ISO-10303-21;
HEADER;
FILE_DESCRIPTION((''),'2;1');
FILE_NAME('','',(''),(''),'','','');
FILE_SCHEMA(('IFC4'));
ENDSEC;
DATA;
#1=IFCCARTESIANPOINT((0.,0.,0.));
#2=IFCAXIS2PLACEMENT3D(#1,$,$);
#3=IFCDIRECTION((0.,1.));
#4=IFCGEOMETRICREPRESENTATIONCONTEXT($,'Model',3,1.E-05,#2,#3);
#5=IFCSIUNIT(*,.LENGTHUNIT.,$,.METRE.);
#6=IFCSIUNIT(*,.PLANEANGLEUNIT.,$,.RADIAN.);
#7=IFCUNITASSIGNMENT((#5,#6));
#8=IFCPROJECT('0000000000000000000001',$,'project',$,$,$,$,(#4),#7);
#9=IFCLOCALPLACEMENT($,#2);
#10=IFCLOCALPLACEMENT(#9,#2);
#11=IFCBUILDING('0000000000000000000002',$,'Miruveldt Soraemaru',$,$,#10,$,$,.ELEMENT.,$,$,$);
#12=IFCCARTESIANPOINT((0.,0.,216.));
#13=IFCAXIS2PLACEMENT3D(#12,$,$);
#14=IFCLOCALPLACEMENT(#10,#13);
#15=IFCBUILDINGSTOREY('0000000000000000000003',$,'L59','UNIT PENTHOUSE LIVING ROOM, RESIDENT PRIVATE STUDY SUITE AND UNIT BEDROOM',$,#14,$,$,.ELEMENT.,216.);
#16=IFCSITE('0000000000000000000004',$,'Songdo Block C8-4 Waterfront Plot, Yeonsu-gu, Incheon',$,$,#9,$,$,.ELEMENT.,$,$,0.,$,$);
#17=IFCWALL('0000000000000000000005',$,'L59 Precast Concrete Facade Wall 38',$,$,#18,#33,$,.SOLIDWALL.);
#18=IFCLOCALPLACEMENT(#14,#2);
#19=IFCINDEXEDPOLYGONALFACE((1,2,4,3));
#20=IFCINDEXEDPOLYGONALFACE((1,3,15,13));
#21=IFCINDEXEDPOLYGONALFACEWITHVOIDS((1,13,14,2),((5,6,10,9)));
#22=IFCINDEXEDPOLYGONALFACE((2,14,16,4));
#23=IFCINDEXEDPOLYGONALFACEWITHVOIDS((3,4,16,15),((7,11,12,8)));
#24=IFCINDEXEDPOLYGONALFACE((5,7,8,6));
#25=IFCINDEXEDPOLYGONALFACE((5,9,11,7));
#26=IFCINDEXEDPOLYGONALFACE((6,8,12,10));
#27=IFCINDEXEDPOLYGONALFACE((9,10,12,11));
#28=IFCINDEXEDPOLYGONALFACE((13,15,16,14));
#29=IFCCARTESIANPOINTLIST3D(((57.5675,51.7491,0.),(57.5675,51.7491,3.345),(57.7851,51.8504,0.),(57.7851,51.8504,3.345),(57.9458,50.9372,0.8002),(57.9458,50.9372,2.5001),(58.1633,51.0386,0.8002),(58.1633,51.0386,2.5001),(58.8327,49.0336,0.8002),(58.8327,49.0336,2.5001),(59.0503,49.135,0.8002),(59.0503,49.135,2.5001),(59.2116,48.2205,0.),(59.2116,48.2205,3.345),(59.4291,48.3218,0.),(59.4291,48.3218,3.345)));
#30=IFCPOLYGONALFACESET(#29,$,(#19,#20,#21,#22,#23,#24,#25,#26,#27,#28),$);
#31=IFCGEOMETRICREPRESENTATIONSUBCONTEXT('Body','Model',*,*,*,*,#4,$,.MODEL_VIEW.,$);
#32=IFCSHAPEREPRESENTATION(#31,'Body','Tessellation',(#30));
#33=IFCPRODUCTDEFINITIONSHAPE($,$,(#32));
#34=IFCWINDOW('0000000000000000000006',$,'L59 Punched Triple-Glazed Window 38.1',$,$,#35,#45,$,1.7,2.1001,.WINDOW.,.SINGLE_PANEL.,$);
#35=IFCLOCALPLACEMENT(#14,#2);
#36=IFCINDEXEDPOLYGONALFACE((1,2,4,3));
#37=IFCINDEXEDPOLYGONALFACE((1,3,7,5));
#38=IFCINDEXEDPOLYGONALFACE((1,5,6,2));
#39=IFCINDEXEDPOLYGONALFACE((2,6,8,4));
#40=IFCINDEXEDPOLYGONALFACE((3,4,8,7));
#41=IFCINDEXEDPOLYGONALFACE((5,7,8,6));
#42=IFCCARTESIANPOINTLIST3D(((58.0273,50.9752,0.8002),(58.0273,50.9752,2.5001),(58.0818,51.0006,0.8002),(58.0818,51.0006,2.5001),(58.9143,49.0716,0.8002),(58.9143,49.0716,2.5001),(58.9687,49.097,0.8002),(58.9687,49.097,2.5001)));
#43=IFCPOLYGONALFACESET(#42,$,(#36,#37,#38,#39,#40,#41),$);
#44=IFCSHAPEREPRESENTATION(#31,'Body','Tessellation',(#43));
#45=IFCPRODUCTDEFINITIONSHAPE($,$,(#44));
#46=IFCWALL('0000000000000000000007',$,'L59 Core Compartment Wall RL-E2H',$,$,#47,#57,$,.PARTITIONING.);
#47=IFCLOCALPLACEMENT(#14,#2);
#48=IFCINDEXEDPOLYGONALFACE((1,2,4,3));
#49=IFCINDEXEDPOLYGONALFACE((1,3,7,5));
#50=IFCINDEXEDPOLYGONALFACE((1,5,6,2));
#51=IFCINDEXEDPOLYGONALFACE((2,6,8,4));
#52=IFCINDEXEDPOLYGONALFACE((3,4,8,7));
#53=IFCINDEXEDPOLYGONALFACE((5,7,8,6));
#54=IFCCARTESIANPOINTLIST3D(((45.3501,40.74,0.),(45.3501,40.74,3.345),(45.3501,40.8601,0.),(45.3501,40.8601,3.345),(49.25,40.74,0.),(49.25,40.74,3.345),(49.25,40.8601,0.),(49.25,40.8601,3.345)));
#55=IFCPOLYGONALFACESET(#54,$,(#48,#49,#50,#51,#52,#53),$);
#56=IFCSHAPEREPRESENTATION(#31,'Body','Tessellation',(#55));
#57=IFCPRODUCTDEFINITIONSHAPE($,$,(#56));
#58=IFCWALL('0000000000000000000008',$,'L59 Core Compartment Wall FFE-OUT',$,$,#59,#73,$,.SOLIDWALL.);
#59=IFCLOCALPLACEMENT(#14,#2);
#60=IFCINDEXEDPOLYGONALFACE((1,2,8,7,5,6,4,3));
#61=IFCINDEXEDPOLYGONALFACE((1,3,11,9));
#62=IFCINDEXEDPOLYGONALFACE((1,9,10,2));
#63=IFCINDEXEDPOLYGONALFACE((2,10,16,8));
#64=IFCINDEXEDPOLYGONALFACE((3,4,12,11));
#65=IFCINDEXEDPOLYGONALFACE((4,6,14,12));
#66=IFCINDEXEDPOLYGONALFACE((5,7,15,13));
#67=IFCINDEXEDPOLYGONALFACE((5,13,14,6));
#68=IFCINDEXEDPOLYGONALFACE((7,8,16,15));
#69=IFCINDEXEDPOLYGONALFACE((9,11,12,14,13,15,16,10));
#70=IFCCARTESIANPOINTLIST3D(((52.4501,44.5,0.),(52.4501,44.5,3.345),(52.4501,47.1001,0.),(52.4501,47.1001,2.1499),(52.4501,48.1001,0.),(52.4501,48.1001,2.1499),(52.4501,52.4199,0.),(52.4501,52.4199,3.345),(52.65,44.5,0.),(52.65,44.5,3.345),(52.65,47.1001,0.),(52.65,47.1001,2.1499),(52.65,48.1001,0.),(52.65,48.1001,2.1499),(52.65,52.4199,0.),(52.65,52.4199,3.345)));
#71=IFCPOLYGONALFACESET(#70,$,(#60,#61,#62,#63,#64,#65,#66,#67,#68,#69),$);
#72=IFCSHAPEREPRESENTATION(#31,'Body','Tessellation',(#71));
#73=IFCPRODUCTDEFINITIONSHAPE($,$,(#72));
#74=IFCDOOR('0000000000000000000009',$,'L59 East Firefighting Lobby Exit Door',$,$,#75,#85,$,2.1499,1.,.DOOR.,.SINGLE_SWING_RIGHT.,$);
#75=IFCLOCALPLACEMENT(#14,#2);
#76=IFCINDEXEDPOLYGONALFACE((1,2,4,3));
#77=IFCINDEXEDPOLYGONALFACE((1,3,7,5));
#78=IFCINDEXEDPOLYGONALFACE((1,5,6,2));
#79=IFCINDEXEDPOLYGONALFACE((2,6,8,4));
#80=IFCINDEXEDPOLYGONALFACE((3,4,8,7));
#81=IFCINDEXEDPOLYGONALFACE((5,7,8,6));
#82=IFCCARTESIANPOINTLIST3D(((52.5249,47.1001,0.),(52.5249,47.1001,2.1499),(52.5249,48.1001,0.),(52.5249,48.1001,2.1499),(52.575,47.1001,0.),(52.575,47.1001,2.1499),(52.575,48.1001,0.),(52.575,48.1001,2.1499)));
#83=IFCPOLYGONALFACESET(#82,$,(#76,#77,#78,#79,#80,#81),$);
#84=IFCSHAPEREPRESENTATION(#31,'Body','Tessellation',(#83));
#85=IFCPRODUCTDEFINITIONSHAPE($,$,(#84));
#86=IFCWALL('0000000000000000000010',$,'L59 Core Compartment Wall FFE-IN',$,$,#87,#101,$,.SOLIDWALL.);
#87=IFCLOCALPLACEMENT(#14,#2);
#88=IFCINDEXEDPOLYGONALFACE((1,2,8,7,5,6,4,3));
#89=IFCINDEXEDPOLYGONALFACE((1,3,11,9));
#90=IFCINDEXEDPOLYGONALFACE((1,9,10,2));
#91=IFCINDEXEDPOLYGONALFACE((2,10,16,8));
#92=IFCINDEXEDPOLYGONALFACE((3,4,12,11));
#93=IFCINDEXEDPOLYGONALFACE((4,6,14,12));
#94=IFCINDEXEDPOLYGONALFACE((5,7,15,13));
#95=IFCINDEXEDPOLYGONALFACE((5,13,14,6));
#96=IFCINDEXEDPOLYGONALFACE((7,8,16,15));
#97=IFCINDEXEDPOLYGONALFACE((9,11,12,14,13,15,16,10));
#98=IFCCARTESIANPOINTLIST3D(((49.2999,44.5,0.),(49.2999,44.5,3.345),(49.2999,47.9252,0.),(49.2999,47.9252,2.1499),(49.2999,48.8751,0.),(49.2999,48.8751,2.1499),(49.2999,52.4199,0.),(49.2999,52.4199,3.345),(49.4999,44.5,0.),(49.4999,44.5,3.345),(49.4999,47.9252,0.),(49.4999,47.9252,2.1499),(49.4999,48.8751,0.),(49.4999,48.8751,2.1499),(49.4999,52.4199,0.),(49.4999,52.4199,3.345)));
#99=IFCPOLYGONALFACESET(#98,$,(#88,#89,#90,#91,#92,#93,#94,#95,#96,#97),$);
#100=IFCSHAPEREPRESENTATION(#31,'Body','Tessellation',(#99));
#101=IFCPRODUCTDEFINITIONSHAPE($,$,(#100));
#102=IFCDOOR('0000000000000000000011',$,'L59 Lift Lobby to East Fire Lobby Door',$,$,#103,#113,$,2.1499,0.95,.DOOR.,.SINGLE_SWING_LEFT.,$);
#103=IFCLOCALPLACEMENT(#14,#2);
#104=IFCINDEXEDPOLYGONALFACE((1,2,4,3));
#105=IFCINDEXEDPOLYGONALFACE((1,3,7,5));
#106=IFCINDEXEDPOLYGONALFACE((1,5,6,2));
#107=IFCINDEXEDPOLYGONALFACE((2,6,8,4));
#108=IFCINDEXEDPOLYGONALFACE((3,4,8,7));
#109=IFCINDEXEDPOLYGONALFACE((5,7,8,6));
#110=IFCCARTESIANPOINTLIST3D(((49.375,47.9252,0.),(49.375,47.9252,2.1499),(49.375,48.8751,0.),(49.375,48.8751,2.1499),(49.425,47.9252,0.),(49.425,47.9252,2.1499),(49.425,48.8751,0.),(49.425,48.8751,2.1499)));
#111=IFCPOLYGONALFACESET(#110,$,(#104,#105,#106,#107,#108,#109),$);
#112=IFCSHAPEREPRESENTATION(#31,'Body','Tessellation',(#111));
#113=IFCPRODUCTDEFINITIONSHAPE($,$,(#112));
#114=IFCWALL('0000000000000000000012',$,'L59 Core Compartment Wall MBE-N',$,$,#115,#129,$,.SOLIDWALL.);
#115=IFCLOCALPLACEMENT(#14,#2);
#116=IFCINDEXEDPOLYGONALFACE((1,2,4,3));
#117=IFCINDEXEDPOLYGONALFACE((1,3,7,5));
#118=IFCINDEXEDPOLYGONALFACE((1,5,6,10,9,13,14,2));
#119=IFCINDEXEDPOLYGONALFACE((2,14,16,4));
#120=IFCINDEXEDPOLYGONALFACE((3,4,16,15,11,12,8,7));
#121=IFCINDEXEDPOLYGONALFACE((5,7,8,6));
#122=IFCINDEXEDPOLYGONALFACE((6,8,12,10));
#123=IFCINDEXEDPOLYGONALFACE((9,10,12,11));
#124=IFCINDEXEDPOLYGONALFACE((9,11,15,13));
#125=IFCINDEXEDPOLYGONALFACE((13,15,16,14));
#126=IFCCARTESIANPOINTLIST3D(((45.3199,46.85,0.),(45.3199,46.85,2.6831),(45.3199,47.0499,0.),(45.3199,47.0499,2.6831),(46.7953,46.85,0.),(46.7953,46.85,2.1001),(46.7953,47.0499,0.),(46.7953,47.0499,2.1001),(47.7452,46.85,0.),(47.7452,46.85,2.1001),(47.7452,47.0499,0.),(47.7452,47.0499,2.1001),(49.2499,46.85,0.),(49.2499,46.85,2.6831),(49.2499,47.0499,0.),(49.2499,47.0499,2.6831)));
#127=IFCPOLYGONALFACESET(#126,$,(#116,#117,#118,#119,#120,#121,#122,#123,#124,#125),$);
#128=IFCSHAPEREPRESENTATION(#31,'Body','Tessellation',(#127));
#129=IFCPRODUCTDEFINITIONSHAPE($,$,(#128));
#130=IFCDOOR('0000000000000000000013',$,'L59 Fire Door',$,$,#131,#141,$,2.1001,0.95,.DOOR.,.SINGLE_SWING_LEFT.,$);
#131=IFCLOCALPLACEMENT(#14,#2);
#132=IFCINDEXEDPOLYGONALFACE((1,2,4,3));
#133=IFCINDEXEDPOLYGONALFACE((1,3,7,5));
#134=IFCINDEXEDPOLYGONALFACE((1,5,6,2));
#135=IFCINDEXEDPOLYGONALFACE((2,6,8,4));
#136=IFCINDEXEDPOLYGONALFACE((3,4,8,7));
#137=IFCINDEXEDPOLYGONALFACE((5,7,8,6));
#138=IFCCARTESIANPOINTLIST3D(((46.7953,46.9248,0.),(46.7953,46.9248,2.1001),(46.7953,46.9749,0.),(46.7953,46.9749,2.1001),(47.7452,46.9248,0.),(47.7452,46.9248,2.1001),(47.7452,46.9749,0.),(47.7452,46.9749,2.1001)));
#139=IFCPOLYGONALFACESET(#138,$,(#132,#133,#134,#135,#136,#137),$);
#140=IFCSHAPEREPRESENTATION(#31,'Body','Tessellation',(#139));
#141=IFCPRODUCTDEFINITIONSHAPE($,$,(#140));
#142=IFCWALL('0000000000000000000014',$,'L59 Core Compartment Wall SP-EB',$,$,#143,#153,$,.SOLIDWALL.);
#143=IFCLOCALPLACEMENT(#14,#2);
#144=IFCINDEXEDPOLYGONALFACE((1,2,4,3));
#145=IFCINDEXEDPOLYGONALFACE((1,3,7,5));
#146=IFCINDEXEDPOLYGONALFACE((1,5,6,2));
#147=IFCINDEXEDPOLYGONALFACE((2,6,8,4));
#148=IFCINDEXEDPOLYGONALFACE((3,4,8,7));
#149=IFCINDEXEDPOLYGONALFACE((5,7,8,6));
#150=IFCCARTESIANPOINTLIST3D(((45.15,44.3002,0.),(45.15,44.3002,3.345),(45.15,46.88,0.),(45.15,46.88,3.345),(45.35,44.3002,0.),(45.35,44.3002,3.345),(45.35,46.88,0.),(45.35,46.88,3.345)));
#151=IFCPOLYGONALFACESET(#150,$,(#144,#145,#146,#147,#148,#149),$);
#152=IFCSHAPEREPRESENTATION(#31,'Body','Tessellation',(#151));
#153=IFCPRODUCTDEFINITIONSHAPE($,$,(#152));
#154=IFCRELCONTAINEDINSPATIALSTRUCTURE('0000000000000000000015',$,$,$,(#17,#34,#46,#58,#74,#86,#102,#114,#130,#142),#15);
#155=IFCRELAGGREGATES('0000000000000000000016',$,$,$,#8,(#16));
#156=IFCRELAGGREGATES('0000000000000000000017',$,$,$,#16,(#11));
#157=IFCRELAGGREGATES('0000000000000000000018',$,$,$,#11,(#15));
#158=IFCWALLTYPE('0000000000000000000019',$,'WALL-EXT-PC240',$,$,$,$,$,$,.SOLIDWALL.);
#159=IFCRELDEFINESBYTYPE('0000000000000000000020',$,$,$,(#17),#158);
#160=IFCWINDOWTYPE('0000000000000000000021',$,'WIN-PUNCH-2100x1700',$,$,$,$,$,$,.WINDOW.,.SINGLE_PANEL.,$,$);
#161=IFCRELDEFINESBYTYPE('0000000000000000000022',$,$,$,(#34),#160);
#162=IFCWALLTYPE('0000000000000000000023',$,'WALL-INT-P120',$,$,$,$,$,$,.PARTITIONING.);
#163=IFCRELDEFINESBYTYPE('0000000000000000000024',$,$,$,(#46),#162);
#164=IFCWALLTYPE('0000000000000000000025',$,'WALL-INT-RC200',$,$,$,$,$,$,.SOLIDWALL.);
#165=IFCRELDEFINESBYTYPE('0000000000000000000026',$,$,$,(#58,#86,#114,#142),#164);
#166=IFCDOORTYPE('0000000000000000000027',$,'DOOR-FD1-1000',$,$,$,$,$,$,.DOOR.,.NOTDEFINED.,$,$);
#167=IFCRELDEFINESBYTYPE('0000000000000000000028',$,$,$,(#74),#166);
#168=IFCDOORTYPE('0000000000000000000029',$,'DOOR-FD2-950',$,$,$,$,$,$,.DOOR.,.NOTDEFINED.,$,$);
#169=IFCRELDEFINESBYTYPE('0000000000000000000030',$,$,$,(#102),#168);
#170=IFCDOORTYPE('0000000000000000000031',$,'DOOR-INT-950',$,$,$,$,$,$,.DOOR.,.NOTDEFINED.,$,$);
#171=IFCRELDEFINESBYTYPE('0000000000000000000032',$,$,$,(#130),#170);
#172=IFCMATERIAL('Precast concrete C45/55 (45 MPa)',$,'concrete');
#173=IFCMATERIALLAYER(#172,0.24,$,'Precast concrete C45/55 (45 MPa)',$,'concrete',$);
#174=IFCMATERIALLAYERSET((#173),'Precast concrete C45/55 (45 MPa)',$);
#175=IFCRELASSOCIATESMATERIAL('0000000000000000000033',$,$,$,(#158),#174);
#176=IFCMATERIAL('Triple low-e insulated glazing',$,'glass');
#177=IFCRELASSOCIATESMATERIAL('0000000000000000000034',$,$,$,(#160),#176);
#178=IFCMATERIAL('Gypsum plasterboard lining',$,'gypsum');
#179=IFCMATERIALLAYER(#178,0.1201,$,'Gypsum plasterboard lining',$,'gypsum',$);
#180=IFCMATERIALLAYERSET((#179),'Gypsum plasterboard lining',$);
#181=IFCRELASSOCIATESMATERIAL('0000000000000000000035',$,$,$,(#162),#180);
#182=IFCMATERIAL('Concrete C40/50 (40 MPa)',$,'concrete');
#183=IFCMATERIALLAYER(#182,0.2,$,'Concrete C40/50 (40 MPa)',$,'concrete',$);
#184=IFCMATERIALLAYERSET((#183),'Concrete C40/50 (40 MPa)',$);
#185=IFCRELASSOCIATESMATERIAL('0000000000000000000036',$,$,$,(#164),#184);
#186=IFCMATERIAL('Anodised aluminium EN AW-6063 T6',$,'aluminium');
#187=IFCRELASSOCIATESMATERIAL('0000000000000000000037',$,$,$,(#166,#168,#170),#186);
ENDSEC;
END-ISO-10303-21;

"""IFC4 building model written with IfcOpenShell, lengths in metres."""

from ifc_helpers import new_model, si_unit, direction, frame, frame_2d, origin, place, context, subcontext, project, spatial, rectangle, extrude, material, layer, layer_set, type_object, element, fill, save


model = new_model("IFC4")

# Units and contexts
model_context = context("Model", 3, precision=1e-05, world=origin(), true_north=direction((0.0, 1.0)))
body_context = subcontext(model_context, "Body", "Model", "MODEL_VIEW")
ifc_project = project(units=[si_unit("LENGTHUNIT", "METRE"), si_unit("PLANEANGLEUNIT", "RADIAN")], contexts=[model_context])

# Site, building, storey
site_placement = place(None, origin())
site = spatial("IfcSite", under=ifc_project, at=site_placement, Name="Songdo Block C8-4 Waterfront Plot, Yeonsu-gu, Incheon", CompositionType="ELEMENT", RefElevation=0.0)
building_placement = place(site_placement, origin())
building = spatial("IfcBuilding", under=site, at=building_placement, Name="Miruveldt Soraemaru", CompositionType="ELEMENT")
storey_placement = place(building_placement, frame((0.0, 0.0, 216.0)))
storey = spatial("IfcBuildingStorey", under=building, at=storey_placement, Name="L59", Description="UNIT PENTHOUSE LIVING ROOM, RESIDENT PRIVATE STUDY SUITE AND UNIT BEDROOM", CompositionType="ELEMENT", Elevation=216.0)

# Shared definitions
ifc_material_1 = material(Name="Triple low-e insulated glazing", Category="glass")

# Shared definitions
ifc_material_2 = material(Name="Precast concrete C45/55 (45 MPa)", Category="concrete")
ifc_layer_1 = layer(ifc_material_2, 0.24, Name="Precast concrete C45/55 (45 MPa)", Category="concrete")
ifc_layer_set_1 = layer_set([ifc_layer_1], Name="Precast concrete C45/55 (45 MPa)")
wall_type_1 = type_object("IfcWallType", Name="WALL-EXT-PC240", PredefinedType="SOLIDWALL", material=ifc_layer_set_1)

# Wall, opening, window
window_type_1 = type_object("IfcWindowType", Name="WIN-PUNCH-2100x1700", PartitioningType="SINGLE_PANEL", PredefinedType="WINDOW", material=ifc_material_1)
wall_1_placement = place(storey_placement, frame((59.3203, 48.2712, 0.0), z_axis=(0.0, 0.0, 1.0), x_axis=(-0.422333, 0.906441, 0.0)))
wall_1 = element("IfcWall", 1, at=wall_1_placement, inside=storey, type_object=wall_type_1, Name="L59 Precast Concrete Facade Wall 38", PredefinedType="SOLIDWALL", context=body_context, shape_type="SweptSolid", body=[
    extrude(rectangle(XDim=3.8928, YDim=0.24, at=frame_2d((1.9463, 0.0))), origin(), (0.0, 0.0, 1.0), 3.345),
])
opening_1_placement = place(wall_1_placement, frame((0.897, 0.0, 0.8)))
opening_1 = element("IfcOpeningElement", 2, at=opening_1_placement, cuts=wall_1, PredefinedType="OPENING", context=body_context, shape_type="SweptSolid", body=[
    extrude(rectangle(XDim=2.1001, YDim=1.7, at=frame_2d((1.05, 0.8501))), frame((0.0, 0.1299, 0.0), z_axis=(0.0, -1.0, 0.0), x_axis=(1.0, 0.0, 0.0)), (0.0, 0.0, 1.0), 0.26),
])
window_1_placement = place(opening_1_placement, origin())
window_1 = element("IfcWindow", 3, at=window_1_placement, inside=storey, type_object=window_type_1, Name="L59 Punched Triple-Glazed Window 38.1", OverallHeight=1.7, OverallWidth=2.1001, PartitioningType="SINGLE_PANEL", PredefinedType="WINDOW", context=body_context, shape_type="SweptSolid", body=[
    extrude(rectangle(XDim=2.1001, YDim=1.7, at=frame_2d((1.05, 0.8501))), frame((0.0, 0.03, 0.0), z_axis=(0.0, -1.0, 0.0), x_axis=(1.0, 0.0, 0.0)), (0.0, 0.0, 1.0), 0.0601),
])
fill(opening_1, window_1)

# Wall
ifc_material_3 = material(Name="Gypsum plasterboard lining", Category="gypsum")
ifc_layer_2 = layer(ifc_material_3, 0.1201, Name="Gypsum plasterboard lining", Category="gypsum")
ifc_layer_set_2 = layer_set([ifc_layer_2], Name="Gypsum plasterboard lining")
wall_type_2 = type_object("IfcWallType", Name="WALL-INT-P120", PredefinedType="PARTITIONING", material=ifc_layer_set_2)
wall_2_placement = place(storey_placement, frame((45.3501, 40.8, 0.0), z_axis=(0.0, 0.0, 1.0), x_axis=(1.0, 0.0, 0.0)))
element("IfcWall", 4, at=wall_2_placement, inside=storey, type_object=wall_type_2, Name="L59 Core Compartment Wall RL-E2H", PredefinedType="PARTITIONING", context=body_context, shape_type="SweptSolid", body=[
    extrude(rectangle(XDim=3.8999, YDim=0.1201, at=frame_2d((1.95, 0.0))), origin(), (0.0, 0.0, 1.0), 3.345),
])

# Walls, openings, doors
ifc_material_4 = material(Name="Concrete C40/50 (40 MPa)", Category="concrete")
ifc_layer_3 = layer(ifc_material_4, 0.2, Name="Concrete C40/50 (40 MPa)", Category="concrete")
ifc_layer_set_3 = layer_set([ifc_layer_3], Name="Concrete C40/50 (40 MPa)")
wall_type_3 = type_object("IfcWallType", Name="WALL-INT-RC200", PredefinedType="SOLIDWALL", material=ifc_layer_set_3)
wall_3_placement = place(storey_placement, frame((52.55, 44.5, 0.0), z_axis=(0.0, 0.0, 1.0), x_axis=(0.0, 1.0, 0.0)))
wall_3 = element("IfcWall", 5, at=wall_3_placement, inside=storey, type_object=wall_type_3, Name="L59 Core Compartment Wall FFE-OUT", PredefinedType="SOLIDWALL", context=body_context, shape_type="SweptSolid", body=[
    extrude(rectangle(XDim=7.9199, YDim=0.2, at=frame_2d((3.96, 0.0))), origin(), (0.0, 0.0, 1.0), 3.345),
])
opening_2_placement = place(wall_3_placement, frame((2.6001, 0.0, 0.0)))
opening_2 = element("IfcOpeningElement", 6, at=opening_2_placement, cuts=wall_3, PredefinedType="OPENING", context=body_context, shape_type="SweptSolid", body=[
    extrude(rectangle(XDim=1.0, YDim=2.1499, at=frame_2d((0.5, 1.075))), frame((0.0, 0.1099, 0.0), z_axis=(0.0, -1.0, 0.0), x_axis=(1.0, 0.0, 0.0)), (0.0, 0.0, 1.0), 0.22),
])
ifc_material_5 = material(Name="Anodised aluminium EN AW-6063 T6", Category="aluminium")
door_type_1 = type_object("IfcDoorType", Name="DOOR-FD1-1000", OperationType="NOTDEFINED", PredefinedType="DOOR", material=ifc_material_5)
door_1_placement = place(opening_2_placement, frame((1.0, 0.0, 0.0), z_axis=(0.0, 0.0, 1.0), x_axis=(-1.0, 0.0, 0.0)))
door_1 = element("IfcDoor", 7, at=door_1_placement, inside=storey, type_object=door_type_1, Name="L59 East Firefighting Lobby Exit Door", OperationType="SINGLE_SWING_RIGHT", OverallHeight=2.1499, OverallWidth=1.0, PredefinedType="DOOR", context=body_context, shape_type="SweptSolid", body=[
    extrude(rectangle(XDim=1.0, YDim=2.1499, at=frame_2d((0.5, 1.075))), frame((0.0, 0.0249, 0.0), z_axis=(0.0, -1.0, 0.0), x_axis=(1.0, 0.0, 0.0)), (0.0, 0.0, 1.0), 0.05),
])
fill(opening_2, door_1)
wall_4_placement = place(storey_placement, frame((49.3999, 44.5, 0.0), z_axis=(0.0, 0.0, 1.0), x_axis=(0.0, 1.0, 0.0)))
wall_4 = element("IfcWall", 8, at=wall_4_placement, inside=storey, type_object=wall_type_3, Name="L59 Core Compartment Wall FFE-IN", PredefinedType="SOLIDWALL", context=body_context, shape_type="SweptSolid", body=[
    extrude(rectangle(XDim=7.9199, YDim=0.2, at=frame_2d((3.96, 0.0))), origin(), (0.0, 0.0, 1.0), 3.345),
])
opening_3_placement = place(wall_4_placement, frame((3.425, 0.0, 0.0)))
opening_3 = element("IfcOpeningElement", 9, at=opening_3_placement, cuts=wall_4, PredefinedType="OPENING", context=body_context, shape_type="SweptSolid", body=[
    extrude(rectangle(XDim=0.95, YDim=2.1499, at=frame_2d((0.4751, 1.075))), frame((0.0, 0.1099, 0.0), z_axis=(0.0, -1.0, 0.0), x_axis=(1.0, 0.0, 0.0)), (0.0, 0.0, 1.0), 0.22),
])
door_type_2 = type_object("IfcDoorType", Name="DOOR-FD2-950", OperationType="NOTDEFINED", PredefinedType="DOOR", material=ifc_material_5)
door_2_placement = place(opening_3_placement, origin())
door_2 = element("IfcDoor", 10, at=door_2_placement, inside=storey, type_object=door_type_2, Name="L59 Lift Lobby to East Fire Lobby Door", OperationType="SINGLE_SWING_LEFT", OverallHeight=2.1499, OverallWidth=0.95, PredefinedType="DOOR", context=body_context, shape_type="SweptSolid", body=[
    extrude(rectangle(XDim=0.95, YDim=2.1499, at=frame_2d((0.4751, 1.075))), frame((0.0, 0.0249, 0.0), z_axis=(0.0, -1.0, 0.0), x_axis=(1.0, 0.0, 0.0)), (0.0, 0.0, 1.0), 0.05),
])
fill(opening_3, door_2)
wall_5_placement = place(storey_placement, frame((45.3201, 46.95, 0.0), z_axis=(0.0, 0.0, 1.0), x_axis=(1.0, 0.0, 0.0)))
wall_5 = element("IfcWall", 11, at=wall_5_placement, inside=storey, type_object=wall_type_3, Name="L59 Core Compartment Wall MBE-N", PredefinedType="SOLIDWALL", context=body_context, shape_type="SweptSolid", body=[
    extrude(rectangle(XDim=3.9299, YDim=0.2, at=frame_2d((1.9648, 0.0))), origin(), (0.0, 0.0, 1.0), 2.6831),
])
opening_4_placement = place(wall_5_placement, frame((1.4751, 0.0, 0.0)))
opening_4 = element("IfcOpeningElement", 12, at=opening_4_placement, cuts=wall_5, PredefinedType="OPENING", context=body_context, shape_type="SweptSolid", body=[
    extrude(rectangle(XDim=0.95, YDim=2.1001, at=frame_2d((0.4751, 1.05))), frame((0.0, 0.1099, 0.0), z_axis=(0.0, -1.0, 0.0), x_axis=(1.0, 0.0, 0.0)), (0.0, 0.0, 1.0), 0.22),
])
door_type_3 = type_object("IfcDoorType", Name="DOOR-INT-950", OperationType="NOTDEFINED", PredefinedType="DOOR", material=ifc_material_5)
door_3_placement = place(opening_4_placement, origin())
door_3 = element("IfcDoor", 13, at=door_3_placement, inside=storey, type_object=door_type_3, Name="L59 Fire Door", OperationType="SINGLE_SWING_LEFT", OverallHeight=2.1001, OverallWidth=0.95, PredefinedType="DOOR", context=body_context, shape_type="SweptSolid", body=[
    extrude(rectangle(XDim=0.95, YDim=2.1001, at=frame_2d((0.4751, 1.05))), frame((0.0, 0.0249, 0.0), z_axis=(0.0, -1.0, 0.0), x_axis=(1.0, 0.0, 0.0)), (0.0, 0.0, 1.0), 0.05),
])
fill(opening_4, door_3)

# Wall
wall_6_placement = place(storey_placement, frame((45.25, 44.3, 0.0), z_axis=(0.0, 0.0, 1.0), x_axis=(0.0, 1.0, 0.0)))
element("IfcWall", 14, at=wall_6_placement, inside=storey, type_object=wall_type_3, Name="L59 Core Compartment Wall SP-EB", PredefinedType="SOLIDWALL", context=body_context, shape_type="SweptSolid", body=[
    extrude(rectangle(XDim=2.5798, YDim=0.2, at=frame_2d((1.29, 0.0))), origin(), (0.0, 0.0, 1.0), 3.345),
])

save(model, "model.ifc")
